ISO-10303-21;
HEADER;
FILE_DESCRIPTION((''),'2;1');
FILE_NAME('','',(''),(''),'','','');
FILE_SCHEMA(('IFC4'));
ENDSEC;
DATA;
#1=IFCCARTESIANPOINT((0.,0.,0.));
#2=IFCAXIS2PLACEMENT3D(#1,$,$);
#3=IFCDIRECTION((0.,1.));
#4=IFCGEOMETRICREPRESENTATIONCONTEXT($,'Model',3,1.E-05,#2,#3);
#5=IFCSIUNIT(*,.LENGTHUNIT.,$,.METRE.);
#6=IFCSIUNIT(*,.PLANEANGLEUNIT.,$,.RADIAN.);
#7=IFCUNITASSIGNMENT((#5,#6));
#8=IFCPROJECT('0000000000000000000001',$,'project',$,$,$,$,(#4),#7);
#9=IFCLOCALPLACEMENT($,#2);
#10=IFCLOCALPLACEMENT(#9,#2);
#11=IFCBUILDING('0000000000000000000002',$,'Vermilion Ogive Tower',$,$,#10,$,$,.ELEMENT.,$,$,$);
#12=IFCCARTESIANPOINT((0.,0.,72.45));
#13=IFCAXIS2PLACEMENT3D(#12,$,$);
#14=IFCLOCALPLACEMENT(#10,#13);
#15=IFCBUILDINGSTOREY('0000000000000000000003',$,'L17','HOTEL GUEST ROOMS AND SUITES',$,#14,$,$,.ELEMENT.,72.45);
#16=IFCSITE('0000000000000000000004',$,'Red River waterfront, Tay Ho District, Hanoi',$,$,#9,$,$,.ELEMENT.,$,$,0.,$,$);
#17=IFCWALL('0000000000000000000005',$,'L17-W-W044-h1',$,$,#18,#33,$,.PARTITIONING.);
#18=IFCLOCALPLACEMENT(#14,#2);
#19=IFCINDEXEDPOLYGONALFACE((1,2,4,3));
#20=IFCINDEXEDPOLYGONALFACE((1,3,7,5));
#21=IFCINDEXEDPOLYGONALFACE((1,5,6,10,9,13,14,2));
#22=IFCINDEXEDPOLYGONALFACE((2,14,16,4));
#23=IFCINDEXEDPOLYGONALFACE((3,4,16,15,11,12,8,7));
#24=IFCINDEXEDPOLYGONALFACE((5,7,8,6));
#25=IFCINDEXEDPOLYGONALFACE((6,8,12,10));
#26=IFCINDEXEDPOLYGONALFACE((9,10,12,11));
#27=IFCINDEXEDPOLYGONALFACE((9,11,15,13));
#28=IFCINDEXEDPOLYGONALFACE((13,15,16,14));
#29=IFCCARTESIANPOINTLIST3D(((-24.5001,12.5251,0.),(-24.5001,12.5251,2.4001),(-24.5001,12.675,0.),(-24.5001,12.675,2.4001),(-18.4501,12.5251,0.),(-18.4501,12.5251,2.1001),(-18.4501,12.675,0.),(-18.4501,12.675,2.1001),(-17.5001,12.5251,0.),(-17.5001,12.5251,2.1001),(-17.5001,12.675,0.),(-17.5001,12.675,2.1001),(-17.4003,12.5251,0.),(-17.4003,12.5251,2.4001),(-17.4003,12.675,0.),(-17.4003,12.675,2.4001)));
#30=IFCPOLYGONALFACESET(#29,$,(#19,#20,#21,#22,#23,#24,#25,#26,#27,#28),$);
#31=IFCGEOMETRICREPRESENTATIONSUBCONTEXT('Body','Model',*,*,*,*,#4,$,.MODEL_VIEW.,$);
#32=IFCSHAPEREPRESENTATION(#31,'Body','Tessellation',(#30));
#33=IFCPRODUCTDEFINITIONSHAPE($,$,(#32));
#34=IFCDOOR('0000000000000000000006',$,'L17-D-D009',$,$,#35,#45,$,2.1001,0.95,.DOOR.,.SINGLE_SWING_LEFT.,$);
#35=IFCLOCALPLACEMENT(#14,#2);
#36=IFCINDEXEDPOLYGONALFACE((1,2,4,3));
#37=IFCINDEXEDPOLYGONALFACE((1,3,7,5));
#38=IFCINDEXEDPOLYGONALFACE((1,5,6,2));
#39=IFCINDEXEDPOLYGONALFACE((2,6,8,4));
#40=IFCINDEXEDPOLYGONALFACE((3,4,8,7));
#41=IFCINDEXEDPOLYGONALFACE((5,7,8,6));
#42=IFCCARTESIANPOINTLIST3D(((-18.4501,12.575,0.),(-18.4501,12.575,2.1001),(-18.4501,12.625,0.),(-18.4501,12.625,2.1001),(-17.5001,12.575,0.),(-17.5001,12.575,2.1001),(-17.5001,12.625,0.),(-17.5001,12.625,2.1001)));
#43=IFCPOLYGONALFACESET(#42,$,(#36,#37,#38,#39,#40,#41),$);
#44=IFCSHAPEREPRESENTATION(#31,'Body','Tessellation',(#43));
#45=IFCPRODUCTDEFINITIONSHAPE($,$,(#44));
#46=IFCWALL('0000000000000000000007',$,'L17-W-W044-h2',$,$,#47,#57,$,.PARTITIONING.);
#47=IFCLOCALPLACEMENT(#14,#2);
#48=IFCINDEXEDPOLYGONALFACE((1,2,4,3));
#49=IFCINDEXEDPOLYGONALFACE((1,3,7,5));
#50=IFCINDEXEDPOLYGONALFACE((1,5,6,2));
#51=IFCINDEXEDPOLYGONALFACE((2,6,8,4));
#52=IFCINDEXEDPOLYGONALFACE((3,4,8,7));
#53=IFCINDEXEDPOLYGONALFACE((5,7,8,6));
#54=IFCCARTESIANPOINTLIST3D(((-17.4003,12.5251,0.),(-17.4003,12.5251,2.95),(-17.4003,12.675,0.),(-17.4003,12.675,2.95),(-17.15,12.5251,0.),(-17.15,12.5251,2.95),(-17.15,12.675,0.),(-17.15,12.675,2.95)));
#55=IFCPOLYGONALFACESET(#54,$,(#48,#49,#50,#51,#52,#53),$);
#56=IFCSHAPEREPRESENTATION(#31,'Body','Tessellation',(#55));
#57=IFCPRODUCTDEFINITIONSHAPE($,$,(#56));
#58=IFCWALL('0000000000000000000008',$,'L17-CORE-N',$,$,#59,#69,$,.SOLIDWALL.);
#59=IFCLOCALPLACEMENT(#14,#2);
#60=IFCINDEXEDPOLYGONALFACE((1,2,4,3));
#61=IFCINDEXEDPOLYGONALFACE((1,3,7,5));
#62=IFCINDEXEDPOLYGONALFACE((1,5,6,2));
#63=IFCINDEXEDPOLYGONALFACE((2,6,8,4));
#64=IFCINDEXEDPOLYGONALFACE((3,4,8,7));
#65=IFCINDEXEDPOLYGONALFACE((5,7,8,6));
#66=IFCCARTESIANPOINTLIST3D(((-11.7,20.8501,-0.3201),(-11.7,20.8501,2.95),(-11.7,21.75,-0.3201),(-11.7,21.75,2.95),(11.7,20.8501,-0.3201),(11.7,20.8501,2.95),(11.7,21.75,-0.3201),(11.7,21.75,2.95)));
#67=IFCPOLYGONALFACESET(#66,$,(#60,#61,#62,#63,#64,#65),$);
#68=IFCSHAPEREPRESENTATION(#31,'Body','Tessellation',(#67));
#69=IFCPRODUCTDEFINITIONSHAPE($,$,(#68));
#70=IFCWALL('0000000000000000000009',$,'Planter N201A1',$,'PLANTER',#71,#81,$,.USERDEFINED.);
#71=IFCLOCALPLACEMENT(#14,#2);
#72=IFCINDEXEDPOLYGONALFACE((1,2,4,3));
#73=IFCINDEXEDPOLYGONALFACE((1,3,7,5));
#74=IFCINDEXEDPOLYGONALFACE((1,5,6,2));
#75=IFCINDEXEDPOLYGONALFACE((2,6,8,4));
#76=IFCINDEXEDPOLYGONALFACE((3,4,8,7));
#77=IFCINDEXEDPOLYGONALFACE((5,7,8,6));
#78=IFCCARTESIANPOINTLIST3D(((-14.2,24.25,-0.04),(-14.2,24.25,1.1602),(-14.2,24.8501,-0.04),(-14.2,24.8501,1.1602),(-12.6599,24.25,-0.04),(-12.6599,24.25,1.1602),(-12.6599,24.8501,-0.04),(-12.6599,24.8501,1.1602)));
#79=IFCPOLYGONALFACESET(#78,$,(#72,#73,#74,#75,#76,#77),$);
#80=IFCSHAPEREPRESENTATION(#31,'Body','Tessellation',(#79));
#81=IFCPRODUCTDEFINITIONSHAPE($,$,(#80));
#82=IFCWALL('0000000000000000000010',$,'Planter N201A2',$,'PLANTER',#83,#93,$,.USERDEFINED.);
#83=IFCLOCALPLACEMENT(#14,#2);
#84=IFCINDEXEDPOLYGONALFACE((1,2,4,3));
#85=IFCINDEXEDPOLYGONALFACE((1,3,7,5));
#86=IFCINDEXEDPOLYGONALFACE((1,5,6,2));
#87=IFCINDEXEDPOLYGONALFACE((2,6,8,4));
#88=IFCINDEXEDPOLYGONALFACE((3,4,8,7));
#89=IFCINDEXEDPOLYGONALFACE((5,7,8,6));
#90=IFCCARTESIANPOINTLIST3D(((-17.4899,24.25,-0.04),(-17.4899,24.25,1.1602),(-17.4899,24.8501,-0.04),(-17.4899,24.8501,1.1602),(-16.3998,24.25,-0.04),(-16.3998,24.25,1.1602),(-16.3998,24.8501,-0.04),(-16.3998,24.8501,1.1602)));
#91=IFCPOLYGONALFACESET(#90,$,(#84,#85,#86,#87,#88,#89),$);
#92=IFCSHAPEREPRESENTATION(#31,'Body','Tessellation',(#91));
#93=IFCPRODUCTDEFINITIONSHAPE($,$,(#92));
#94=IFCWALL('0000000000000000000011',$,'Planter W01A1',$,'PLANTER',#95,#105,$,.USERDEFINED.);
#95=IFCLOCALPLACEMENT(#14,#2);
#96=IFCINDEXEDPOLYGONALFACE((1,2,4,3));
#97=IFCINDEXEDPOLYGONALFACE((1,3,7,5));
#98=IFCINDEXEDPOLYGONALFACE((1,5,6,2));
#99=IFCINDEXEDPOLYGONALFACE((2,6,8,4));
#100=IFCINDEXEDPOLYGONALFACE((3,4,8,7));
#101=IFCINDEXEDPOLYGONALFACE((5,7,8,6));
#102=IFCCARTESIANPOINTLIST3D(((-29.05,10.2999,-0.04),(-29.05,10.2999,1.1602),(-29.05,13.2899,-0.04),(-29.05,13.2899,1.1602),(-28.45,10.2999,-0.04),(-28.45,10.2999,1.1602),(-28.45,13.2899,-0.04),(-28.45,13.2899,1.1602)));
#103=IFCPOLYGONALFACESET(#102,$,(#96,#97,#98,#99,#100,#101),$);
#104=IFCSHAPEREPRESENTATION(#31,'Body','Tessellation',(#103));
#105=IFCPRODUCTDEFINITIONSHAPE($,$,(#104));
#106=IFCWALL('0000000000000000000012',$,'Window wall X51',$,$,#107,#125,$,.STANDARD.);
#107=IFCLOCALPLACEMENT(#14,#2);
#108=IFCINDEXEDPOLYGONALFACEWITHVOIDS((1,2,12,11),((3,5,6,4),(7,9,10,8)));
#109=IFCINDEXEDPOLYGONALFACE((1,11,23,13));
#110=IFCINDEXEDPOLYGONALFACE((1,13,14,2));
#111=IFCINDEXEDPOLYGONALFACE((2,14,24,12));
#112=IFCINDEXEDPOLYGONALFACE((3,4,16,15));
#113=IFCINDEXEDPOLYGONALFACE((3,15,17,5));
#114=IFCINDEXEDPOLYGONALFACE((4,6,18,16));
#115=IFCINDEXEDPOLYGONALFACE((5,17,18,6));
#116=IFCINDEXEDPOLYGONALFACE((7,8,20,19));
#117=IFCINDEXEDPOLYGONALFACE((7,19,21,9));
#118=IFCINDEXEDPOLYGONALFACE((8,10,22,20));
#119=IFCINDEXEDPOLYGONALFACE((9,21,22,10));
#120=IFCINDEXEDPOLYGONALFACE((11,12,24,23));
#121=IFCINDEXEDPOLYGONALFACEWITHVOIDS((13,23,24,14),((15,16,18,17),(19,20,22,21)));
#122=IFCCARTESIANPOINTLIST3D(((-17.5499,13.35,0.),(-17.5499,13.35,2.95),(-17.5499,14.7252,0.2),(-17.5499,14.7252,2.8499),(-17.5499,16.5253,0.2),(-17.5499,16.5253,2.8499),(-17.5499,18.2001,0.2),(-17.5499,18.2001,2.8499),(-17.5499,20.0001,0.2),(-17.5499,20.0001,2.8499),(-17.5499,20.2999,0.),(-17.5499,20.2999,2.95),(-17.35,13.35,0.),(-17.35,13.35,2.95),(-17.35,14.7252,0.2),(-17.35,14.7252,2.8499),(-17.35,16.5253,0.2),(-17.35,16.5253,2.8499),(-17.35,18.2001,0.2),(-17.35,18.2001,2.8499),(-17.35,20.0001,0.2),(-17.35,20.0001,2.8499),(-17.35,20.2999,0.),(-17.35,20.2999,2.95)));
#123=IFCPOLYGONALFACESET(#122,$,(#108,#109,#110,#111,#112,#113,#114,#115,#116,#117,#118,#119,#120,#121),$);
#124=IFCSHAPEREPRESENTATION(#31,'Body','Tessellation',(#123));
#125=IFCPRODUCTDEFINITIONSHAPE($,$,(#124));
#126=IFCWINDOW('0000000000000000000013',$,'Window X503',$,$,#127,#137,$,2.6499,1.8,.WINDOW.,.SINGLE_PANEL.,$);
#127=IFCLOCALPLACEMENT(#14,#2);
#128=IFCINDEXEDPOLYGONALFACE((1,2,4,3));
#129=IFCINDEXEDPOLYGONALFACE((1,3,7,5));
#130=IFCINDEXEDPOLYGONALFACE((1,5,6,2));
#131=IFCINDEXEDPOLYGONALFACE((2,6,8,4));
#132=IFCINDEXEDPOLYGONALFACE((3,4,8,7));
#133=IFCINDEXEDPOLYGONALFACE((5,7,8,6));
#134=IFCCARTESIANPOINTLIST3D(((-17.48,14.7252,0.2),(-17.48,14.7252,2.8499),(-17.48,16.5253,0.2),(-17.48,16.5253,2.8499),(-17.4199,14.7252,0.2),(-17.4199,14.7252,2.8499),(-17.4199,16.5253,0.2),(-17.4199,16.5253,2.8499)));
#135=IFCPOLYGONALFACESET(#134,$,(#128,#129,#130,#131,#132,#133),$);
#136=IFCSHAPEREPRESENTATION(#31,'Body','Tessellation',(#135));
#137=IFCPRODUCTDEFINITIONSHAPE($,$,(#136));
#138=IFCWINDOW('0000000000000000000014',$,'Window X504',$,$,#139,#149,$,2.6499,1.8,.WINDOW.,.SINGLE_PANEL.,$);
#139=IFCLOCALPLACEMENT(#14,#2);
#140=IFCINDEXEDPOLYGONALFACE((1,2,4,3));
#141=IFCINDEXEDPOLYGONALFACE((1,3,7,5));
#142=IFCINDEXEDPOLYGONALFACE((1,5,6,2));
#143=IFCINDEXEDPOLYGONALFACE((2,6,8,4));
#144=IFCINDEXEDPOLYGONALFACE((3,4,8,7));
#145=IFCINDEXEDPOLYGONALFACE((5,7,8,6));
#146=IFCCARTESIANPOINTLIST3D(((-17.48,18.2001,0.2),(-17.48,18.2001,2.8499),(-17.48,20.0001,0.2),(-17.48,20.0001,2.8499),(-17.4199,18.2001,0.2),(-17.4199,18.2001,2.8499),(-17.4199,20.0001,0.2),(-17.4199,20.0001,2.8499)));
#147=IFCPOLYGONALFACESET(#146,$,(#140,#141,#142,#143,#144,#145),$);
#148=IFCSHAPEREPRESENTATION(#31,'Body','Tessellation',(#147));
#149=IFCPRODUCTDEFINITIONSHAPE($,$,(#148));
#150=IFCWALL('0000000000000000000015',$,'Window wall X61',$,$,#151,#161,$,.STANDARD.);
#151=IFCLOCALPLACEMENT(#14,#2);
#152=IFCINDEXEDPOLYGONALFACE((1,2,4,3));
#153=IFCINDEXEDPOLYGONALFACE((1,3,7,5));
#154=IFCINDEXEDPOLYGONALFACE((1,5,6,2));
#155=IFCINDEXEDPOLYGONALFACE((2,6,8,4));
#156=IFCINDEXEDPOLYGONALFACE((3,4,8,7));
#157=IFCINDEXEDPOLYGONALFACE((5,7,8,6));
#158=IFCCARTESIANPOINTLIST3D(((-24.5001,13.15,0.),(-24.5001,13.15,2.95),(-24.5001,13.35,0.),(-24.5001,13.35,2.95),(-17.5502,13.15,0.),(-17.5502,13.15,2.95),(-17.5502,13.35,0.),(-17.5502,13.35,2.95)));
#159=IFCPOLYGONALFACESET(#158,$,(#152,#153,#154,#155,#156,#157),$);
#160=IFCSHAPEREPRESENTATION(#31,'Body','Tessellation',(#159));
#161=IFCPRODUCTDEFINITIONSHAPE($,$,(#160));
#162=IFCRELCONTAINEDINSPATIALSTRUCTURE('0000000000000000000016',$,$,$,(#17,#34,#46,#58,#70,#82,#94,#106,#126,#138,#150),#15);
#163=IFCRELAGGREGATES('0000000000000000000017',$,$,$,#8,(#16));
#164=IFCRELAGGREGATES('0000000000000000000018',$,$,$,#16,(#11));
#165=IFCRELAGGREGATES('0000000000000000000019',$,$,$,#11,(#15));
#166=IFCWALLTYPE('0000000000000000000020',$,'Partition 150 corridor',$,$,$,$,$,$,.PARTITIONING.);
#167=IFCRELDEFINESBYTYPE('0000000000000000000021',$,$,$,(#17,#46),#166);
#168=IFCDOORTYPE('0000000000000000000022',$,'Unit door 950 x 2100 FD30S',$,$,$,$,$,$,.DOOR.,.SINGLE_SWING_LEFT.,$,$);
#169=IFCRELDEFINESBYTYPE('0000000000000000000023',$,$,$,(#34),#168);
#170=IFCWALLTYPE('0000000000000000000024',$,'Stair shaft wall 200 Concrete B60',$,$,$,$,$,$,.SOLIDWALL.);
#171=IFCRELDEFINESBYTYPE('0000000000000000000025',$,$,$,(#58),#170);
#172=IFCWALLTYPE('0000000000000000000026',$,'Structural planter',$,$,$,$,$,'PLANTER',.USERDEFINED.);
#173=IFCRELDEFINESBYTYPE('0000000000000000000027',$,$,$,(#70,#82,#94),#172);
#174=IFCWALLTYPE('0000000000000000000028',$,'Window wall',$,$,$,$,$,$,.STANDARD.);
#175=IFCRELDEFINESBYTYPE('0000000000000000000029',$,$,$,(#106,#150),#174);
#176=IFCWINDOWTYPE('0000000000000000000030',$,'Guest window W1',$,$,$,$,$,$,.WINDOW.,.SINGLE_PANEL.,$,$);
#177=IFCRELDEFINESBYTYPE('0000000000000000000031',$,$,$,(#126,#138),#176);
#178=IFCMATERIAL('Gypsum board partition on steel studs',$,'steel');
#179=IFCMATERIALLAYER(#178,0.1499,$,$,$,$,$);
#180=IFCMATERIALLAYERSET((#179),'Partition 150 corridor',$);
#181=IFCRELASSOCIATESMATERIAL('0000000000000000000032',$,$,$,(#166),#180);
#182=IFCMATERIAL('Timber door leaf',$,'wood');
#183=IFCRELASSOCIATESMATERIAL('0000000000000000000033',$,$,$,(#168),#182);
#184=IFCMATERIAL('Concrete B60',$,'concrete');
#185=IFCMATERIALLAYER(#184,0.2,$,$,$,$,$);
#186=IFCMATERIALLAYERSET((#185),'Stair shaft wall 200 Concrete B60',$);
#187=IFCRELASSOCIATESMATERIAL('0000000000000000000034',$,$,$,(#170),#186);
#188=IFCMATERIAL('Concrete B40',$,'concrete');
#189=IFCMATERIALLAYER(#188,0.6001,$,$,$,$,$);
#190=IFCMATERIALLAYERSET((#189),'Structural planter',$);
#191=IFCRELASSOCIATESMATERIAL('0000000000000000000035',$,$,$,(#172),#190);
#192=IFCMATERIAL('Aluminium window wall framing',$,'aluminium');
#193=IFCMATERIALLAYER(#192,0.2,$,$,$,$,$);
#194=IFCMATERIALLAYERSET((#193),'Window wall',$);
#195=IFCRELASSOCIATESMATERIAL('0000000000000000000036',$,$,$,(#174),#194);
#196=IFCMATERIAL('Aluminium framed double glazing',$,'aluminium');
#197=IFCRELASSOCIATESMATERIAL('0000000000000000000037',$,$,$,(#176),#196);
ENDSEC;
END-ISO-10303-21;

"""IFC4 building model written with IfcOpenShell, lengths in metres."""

from ifc_helpers import new_model, si_unit, direction, frame, frame_2d, origin, place, context, subcontext, project, spatial, rectangle, extrude, material, layer, layer_set, type_object, element, fill, save


model = new_model("IFC4")

# Units and contexts
model_context = context("Model", 3, precision=1e-05, world=origin(), true_north=direction((0.0, 1.0)))
body_context = subcontext(model_context, "Body", "Model", "MODEL_VIEW")
ifc_project = project(units=[si_unit("LENGTHUNIT", "METRE"), si_unit("PLANEANGLEUNIT", "RADIAN")], contexts=[model_context])

# Site, building, storey
site_placement = place(None, origin())
site = spatial("IfcSite", under=ifc_project, at=site_placement, Name="Red River waterfront, Tay Ho District, Hanoi", CompositionType="ELEMENT", RefElevation=0.0)
building_placement = place(site_placement, origin())
building = spatial("IfcBuilding", under=site, at=building_placement, Name="Vermilion Ogive Tower", CompositionType="ELEMENT")
storey_placement = place(building_placement, frame((0.0, 0.0, 72.45)))
storey = spatial("IfcBuildingStorey", under=building, at=storey_placement, Name="L17", Description="HOTEL GUEST ROOMS AND SUITES", CompositionType="ELEMENT", Elevation=72.45)

# Shared definitions
ifc_material_1 = material(Name="Gypsum board partition on steel studs", Category="steel")
ifc_layer_1 = layer(ifc_material_1, 0.1499)
ifc_layer_set_1 = layer_set([ifc_layer_1], Name="Partition 150 corridor")
wall_type_1 = type_object("IfcWallType", Name="Partition 150 corridor", PredefinedType="PARTITIONING", material=ifc_layer_set_1)

# Wall, opening, door
wall_1_placement = place(storey_placement, frame((-24.5, 12.6001, 0.0), z_axis=(0.0, 0.0, 1.0), x_axis=(1.0, 0.0, 0.0)))
wall_1 = element("IfcWall", 1, at=wall_1_placement, inside=storey, type_object=wall_type_1, Name="L17-W-W044-h1", PredefinedType="PARTITIONING", context=body_context, shape_type="SweptSolid", body=[
    extrude(rectangle(XDim=7.0999, YDim=0.1499, at=frame_2d((3.5498, 0.0))), origin(), (0.0, 0.0, 1.0), 2.4001),
])
opening_1_placement = place(wall_1_placement, frame((6.0498, 0.0, 0.0)))
opening_1 = element("IfcOpeningElement", 2, at=opening_1_placement, cuts=wall_1, PredefinedType="OPENING", context=body_context, shape_type="SweptSolid", body=[
    extrude(rectangle(XDim=0.95, YDim=2.1001, at=frame_2d((0.4751, 1.05))), frame((0.0, 0.085, 0.0), z_axis=(0.0, -1.0, 0.0), x_axis=(1.0, 0.0, 0.0)), (0.0, 0.0, 1.0), 0.1699),
])
ifc_material_2 = material(Name="Timber door leaf", Category="wood")
door_type_1 = type_object("IfcDoorType", Name="Unit door 950 x 2100 FD30S", OperationType="SINGLE_SWING_LEFT", PredefinedType="DOOR", material=ifc_material_2)
door_1_placement = place(opening_1_placement, origin())
door_1 = element("IfcDoor", 3, at=door_1_placement, inside=storey, type_object=door_type_1, Name="L17-D-D009", OperationType="SINGLE_SWING_LEFT", OverallHeight=2.1001, OverallWidth=0.95, PredefinedType="DOOR", context=body_context, shape_type="SweptSolid", body=[
    extrude(rectangle(XDim=0.95, YDim=2.1001, at=frame_2d((0.4751, 1.05))), frame((0.0, 0.0249, 0.0), z_axis=(0.0, -1.0, 0.0), x_axis=(1.0, 0.0, 0.0)), (0.0, 0.0, 1.0), 0.05),
])
fill(opening_1, door_1)

# Walls
wall_2_placement = place(storey_placement, frame((-17.4001, 12.6001, 0.0), z_axis=(0.0, 0.0, 1.0), x_axis=(1.0, 0.0, 0.0)))
element("IfcWall", 4, at=wall_2_placement, inside=storey, type_object=wall_type_1, Name="L17-W-W044-h2", PredefinedType="PARTITIONING", context=body_context, shape_type="SweptSolid", body=[
    extrude(rectangle(XDim=0.2502, YDim=0.1499, at=frame_2d((0.125, 0.0))), origin(), (0.0, 0.0, 1.0), 2.95),
])
ifc_material_3 = material(Name="Concrete B60", Category="concrete")
ifc_layer_2 = layer(ifc_material_3, 0.2)
ifc_layer_set_2 = layer_set([ifc_layer_2], Name="Stair shaft wall 200 Concrete B60")
wall_type_2 = type_object("IfcWallType", Name="Stair shaft wall 200 Concrete B60", PredefinedType="SOLIDWALL", material=ifc_layer_set_2)
wall_3_placement = place(storey_placement, frame((-11.7, 21.3, -0.3201), z_axis=(0.0, 0.0, 1.0), x_axis=(1.0, 0.0, 0.0)))
element("IfcWall", 5, at=wall_3_placement, inside=storey, type_object=wall_type_2, Name="L17-CORE-N", PredefinedType="SOLIDWALL", context=body_context, shape_type="SweptSolid", body=[
    extrude(rectangle(XDim=23.3999, YDim=0.8999, at=frame_2d((11.7, 0.0))), origin(), (0.0, 0.0, 1.0), 3.27),
])
ifc_material_4 = material(Name="Concrete B40", Category="concrete")
ifc_layer_3 = layer(ifc_material_4, 0.6001)
ifc_layer_set_3 = layer_set([ifc_layer_3], Name="Structural planter")
wall_type_3 = type_object("IfcWallType", Name="Structural planter", ElementType="PLANTER", PredefinedType="USERDEFINED", material=ifc_layer_set_3)
wall_4_placement = place(storey_placement, frame((-12.6599, 24.55, -0.04), z_axis=(0.0, 0.0, 1.0), x_axis=(-1.0, 0.0, 0.0)))
element("IfcWall", 6, at=wall_4_placement, inside=storey, type_object=wall_type_3, Name="Planter N201A1", ObjectType="PLANTER", PredefinedType="USERDEFINED", context=body_context, shape_type="SweptSolid", body=[
    extrude(rectangle(XDim=1.54, YDim=0.6001, at=frame_2d((0.77, 0.0))), origin(), (0.0, 0.0, 1.0), 1.2002),
])
wall_5_placement = place(storey_placement, frame((-16.3999, 24.55, -0.04), z_axis=(0.0, 0.0, 1.0), x_axis=(-1.0, 0.0, 0.0)))
element("IfcWall", 7, at=wall_5_placement, inside=storey, type_object=wall_type_3, Name="Planter N201A2", ObjectType="PLANTER", PredefinedType="USERDEFINED", context=body_context, shape_type="SweptSolid", body=[
    extrude(rectangle(XDim=1.0901, YDim=0.6001, at=frame_2d((0.5449, 0.0))), origin(), (0.0, 0.0, 1.0), 1.2002),
])
wall_6_placement = place(storey_placement, frame((-28.75, 13.29, -0.04), z_axis=(0.0, 0.0, 1.0), x_axis=(0.0, -1.0, 0.0)))
element("IfcWall", 8, at=wall_6_placement, inside=storey, type_object=wall_type_3, Name="Planter W01A1", ObjectType="PLANTER", PredefinedType="USERDEFINED", context=body_context, shape_type="SweptSolid", body=[
    extrude(rectangle(XDim=2.99, YDim=0.6001, at=frame_2d((1.4951, 0.0))), origin(), (0.0, 0.0, 1.0), 1.2002),
])

# Shared definitions
ifc_material_5 = material(Name="Aluminium window wall framing", Category="aluminium")
ifc_layer_4 = layer(ifc_material_5, 0.2)
ifc_layer_set_4 = layer_set([ifc_layer_4], Name="Window wall")
wall_type_4 = type_object("IfcWallType", Name="Window wall", PredefinedType="STANDARD", material=ifc_layer_set_4)
ifc_material_6 = material(Name="Aluminium framed double glazing", Category="aluminium")
window_type = type_object("IfcWindowType", Name="Guest window W1", PartitioningType="SINGLE_PANEL", PredefinedType="WINDOW", material=ifc_material_6)

# Wall, openings, windows
wall_7_placement = place(storey_placement, frame((-17.45, 20.3, 0.0), z_axis=(0.0, 0.0, 1.0), x_axis=(0.0, -1.0, 0.0)))
wall_7 = element("IfcWall", 9, at=wall_7_placement, inside=storey, type_object=wall_type_4, Name="Window wall X51", PredefinedType="STANDARD", context=body_context, shape_type="SweptSolid", body=[
    extrude(rectangle(XDim=6.95, YDim=0.2, at=frame_2d((3.4751, 0.0))), origin(), (0.0, 0.0, 1.0), 2.95),
])
opening_2_placement = place(wall_7_placement, frame((3.7749, 0.0, 0.2)))
opening_2 = element("IfcOpeningElement", 10, at=opening_2_placement, cuts=wall_7, PredefinedType="OPENING", context=body_context, shape_type="SweptSolid", body=[
    extrude(rectangle(XDim=1.8, YDim=2.6499, at=frame_2d((0.8999, 1.325))), frame((0.0, 0.1099, 0.0), z_axis=(0.0, -1.0, 0.0), x_axis=(1.0, 0.0, 0.0)), (0.0, 0.0, 1.0), 0.22),
])
opening_3_placement = place(wall_7_placement, frame((0.3, 0.0, 0.2)))
opening_3 = element("IfcOpeningElement", 11, at=opening_3_placement, cuts=wall_7, PredefinedType="OPENING", context=body_context, shape_type="SweptSolid", body=[
    extrude(rectangle(XDim=1.8, YDim=2.6499, at=frame_2d((0.8999, 1.325))), frame((0.0, 0.1099, 0.0), z_axis=(0.0, -1.0, 0.0), x_axis=(1.0, 0.0, 0.0)), (0.0, 0.0, 1.0), 0.22),
])
window_1_placement = place(opening_2_placement, origin())
window_1 = element("IfcWindow", 12, at=window_1_placement, inside=storey, type_object=window_type, Name="Window X503", OverallHeight=2.6499, OverallWidth=1.8, PartitioningType="SINGLE_PANEL", PredefinedType="WINDOW", context=body_context, shape_type="SweptSolid", body=[
    extrude(rectangle(XDim=1.8, YDim=2.6499, at=frame_2d((0.8999, 1.325))), frame((0.0, 0.03, 0.0), z_axis=(0.0, -1.0, 0.0), x_axis=(1.0, 0.0, 0.0)), (0.0, 0.0, 1.0), 0.0601),
])
fill(opening_2, window_1)
window_2_placement = place(opening_3_placement, origin())
window_2 = element("IfcWindow", 13, at=window_2_placement, inside=storey, type_object=window_type, Name="Window X504", OverallHeight=2.6499, OverallWidth=1.8, PartitioningType="SINGLE_PANEL", PredefinedType="WINDOW", context=body_context, shape_type="SweptSolid", body=[
    extrude(rectangle(XDim=1.8, YDim=2.6499, at=frame_2d((0.8999, 1.325))), frame((0.0, 0.03, 0.0), z_axis=(0.0, -1.0, 0.0), x_axis=(1.0, 0.0, 0.0)), (0.0, 0.0, 1.0), 0.0601),
])
fill(opening_3, window_2)

# Wall
wall_8_placement = place(storey_placement, frame((-17.55, 13.25, 0.0), z_axis=(0.0, 0.0, 1.0), x_axis=(-1.0, 0.0, 0.0)))
element("IfcWall", 14, at=wall_8_placement, inside=storey, type_object=wall_type_4, Name="Window wall X61", PredefinedType="STANDARD", context=body_context, shape_type="SweptSolid", body=[
    extrude(rectangle(XDim=6.95, YDim=0.2, at=frame_2d((3.4751, 0.0))), origin(), (0.0, 0.0, 1.0), 2.95),
])

save(model, "model.ifc")
